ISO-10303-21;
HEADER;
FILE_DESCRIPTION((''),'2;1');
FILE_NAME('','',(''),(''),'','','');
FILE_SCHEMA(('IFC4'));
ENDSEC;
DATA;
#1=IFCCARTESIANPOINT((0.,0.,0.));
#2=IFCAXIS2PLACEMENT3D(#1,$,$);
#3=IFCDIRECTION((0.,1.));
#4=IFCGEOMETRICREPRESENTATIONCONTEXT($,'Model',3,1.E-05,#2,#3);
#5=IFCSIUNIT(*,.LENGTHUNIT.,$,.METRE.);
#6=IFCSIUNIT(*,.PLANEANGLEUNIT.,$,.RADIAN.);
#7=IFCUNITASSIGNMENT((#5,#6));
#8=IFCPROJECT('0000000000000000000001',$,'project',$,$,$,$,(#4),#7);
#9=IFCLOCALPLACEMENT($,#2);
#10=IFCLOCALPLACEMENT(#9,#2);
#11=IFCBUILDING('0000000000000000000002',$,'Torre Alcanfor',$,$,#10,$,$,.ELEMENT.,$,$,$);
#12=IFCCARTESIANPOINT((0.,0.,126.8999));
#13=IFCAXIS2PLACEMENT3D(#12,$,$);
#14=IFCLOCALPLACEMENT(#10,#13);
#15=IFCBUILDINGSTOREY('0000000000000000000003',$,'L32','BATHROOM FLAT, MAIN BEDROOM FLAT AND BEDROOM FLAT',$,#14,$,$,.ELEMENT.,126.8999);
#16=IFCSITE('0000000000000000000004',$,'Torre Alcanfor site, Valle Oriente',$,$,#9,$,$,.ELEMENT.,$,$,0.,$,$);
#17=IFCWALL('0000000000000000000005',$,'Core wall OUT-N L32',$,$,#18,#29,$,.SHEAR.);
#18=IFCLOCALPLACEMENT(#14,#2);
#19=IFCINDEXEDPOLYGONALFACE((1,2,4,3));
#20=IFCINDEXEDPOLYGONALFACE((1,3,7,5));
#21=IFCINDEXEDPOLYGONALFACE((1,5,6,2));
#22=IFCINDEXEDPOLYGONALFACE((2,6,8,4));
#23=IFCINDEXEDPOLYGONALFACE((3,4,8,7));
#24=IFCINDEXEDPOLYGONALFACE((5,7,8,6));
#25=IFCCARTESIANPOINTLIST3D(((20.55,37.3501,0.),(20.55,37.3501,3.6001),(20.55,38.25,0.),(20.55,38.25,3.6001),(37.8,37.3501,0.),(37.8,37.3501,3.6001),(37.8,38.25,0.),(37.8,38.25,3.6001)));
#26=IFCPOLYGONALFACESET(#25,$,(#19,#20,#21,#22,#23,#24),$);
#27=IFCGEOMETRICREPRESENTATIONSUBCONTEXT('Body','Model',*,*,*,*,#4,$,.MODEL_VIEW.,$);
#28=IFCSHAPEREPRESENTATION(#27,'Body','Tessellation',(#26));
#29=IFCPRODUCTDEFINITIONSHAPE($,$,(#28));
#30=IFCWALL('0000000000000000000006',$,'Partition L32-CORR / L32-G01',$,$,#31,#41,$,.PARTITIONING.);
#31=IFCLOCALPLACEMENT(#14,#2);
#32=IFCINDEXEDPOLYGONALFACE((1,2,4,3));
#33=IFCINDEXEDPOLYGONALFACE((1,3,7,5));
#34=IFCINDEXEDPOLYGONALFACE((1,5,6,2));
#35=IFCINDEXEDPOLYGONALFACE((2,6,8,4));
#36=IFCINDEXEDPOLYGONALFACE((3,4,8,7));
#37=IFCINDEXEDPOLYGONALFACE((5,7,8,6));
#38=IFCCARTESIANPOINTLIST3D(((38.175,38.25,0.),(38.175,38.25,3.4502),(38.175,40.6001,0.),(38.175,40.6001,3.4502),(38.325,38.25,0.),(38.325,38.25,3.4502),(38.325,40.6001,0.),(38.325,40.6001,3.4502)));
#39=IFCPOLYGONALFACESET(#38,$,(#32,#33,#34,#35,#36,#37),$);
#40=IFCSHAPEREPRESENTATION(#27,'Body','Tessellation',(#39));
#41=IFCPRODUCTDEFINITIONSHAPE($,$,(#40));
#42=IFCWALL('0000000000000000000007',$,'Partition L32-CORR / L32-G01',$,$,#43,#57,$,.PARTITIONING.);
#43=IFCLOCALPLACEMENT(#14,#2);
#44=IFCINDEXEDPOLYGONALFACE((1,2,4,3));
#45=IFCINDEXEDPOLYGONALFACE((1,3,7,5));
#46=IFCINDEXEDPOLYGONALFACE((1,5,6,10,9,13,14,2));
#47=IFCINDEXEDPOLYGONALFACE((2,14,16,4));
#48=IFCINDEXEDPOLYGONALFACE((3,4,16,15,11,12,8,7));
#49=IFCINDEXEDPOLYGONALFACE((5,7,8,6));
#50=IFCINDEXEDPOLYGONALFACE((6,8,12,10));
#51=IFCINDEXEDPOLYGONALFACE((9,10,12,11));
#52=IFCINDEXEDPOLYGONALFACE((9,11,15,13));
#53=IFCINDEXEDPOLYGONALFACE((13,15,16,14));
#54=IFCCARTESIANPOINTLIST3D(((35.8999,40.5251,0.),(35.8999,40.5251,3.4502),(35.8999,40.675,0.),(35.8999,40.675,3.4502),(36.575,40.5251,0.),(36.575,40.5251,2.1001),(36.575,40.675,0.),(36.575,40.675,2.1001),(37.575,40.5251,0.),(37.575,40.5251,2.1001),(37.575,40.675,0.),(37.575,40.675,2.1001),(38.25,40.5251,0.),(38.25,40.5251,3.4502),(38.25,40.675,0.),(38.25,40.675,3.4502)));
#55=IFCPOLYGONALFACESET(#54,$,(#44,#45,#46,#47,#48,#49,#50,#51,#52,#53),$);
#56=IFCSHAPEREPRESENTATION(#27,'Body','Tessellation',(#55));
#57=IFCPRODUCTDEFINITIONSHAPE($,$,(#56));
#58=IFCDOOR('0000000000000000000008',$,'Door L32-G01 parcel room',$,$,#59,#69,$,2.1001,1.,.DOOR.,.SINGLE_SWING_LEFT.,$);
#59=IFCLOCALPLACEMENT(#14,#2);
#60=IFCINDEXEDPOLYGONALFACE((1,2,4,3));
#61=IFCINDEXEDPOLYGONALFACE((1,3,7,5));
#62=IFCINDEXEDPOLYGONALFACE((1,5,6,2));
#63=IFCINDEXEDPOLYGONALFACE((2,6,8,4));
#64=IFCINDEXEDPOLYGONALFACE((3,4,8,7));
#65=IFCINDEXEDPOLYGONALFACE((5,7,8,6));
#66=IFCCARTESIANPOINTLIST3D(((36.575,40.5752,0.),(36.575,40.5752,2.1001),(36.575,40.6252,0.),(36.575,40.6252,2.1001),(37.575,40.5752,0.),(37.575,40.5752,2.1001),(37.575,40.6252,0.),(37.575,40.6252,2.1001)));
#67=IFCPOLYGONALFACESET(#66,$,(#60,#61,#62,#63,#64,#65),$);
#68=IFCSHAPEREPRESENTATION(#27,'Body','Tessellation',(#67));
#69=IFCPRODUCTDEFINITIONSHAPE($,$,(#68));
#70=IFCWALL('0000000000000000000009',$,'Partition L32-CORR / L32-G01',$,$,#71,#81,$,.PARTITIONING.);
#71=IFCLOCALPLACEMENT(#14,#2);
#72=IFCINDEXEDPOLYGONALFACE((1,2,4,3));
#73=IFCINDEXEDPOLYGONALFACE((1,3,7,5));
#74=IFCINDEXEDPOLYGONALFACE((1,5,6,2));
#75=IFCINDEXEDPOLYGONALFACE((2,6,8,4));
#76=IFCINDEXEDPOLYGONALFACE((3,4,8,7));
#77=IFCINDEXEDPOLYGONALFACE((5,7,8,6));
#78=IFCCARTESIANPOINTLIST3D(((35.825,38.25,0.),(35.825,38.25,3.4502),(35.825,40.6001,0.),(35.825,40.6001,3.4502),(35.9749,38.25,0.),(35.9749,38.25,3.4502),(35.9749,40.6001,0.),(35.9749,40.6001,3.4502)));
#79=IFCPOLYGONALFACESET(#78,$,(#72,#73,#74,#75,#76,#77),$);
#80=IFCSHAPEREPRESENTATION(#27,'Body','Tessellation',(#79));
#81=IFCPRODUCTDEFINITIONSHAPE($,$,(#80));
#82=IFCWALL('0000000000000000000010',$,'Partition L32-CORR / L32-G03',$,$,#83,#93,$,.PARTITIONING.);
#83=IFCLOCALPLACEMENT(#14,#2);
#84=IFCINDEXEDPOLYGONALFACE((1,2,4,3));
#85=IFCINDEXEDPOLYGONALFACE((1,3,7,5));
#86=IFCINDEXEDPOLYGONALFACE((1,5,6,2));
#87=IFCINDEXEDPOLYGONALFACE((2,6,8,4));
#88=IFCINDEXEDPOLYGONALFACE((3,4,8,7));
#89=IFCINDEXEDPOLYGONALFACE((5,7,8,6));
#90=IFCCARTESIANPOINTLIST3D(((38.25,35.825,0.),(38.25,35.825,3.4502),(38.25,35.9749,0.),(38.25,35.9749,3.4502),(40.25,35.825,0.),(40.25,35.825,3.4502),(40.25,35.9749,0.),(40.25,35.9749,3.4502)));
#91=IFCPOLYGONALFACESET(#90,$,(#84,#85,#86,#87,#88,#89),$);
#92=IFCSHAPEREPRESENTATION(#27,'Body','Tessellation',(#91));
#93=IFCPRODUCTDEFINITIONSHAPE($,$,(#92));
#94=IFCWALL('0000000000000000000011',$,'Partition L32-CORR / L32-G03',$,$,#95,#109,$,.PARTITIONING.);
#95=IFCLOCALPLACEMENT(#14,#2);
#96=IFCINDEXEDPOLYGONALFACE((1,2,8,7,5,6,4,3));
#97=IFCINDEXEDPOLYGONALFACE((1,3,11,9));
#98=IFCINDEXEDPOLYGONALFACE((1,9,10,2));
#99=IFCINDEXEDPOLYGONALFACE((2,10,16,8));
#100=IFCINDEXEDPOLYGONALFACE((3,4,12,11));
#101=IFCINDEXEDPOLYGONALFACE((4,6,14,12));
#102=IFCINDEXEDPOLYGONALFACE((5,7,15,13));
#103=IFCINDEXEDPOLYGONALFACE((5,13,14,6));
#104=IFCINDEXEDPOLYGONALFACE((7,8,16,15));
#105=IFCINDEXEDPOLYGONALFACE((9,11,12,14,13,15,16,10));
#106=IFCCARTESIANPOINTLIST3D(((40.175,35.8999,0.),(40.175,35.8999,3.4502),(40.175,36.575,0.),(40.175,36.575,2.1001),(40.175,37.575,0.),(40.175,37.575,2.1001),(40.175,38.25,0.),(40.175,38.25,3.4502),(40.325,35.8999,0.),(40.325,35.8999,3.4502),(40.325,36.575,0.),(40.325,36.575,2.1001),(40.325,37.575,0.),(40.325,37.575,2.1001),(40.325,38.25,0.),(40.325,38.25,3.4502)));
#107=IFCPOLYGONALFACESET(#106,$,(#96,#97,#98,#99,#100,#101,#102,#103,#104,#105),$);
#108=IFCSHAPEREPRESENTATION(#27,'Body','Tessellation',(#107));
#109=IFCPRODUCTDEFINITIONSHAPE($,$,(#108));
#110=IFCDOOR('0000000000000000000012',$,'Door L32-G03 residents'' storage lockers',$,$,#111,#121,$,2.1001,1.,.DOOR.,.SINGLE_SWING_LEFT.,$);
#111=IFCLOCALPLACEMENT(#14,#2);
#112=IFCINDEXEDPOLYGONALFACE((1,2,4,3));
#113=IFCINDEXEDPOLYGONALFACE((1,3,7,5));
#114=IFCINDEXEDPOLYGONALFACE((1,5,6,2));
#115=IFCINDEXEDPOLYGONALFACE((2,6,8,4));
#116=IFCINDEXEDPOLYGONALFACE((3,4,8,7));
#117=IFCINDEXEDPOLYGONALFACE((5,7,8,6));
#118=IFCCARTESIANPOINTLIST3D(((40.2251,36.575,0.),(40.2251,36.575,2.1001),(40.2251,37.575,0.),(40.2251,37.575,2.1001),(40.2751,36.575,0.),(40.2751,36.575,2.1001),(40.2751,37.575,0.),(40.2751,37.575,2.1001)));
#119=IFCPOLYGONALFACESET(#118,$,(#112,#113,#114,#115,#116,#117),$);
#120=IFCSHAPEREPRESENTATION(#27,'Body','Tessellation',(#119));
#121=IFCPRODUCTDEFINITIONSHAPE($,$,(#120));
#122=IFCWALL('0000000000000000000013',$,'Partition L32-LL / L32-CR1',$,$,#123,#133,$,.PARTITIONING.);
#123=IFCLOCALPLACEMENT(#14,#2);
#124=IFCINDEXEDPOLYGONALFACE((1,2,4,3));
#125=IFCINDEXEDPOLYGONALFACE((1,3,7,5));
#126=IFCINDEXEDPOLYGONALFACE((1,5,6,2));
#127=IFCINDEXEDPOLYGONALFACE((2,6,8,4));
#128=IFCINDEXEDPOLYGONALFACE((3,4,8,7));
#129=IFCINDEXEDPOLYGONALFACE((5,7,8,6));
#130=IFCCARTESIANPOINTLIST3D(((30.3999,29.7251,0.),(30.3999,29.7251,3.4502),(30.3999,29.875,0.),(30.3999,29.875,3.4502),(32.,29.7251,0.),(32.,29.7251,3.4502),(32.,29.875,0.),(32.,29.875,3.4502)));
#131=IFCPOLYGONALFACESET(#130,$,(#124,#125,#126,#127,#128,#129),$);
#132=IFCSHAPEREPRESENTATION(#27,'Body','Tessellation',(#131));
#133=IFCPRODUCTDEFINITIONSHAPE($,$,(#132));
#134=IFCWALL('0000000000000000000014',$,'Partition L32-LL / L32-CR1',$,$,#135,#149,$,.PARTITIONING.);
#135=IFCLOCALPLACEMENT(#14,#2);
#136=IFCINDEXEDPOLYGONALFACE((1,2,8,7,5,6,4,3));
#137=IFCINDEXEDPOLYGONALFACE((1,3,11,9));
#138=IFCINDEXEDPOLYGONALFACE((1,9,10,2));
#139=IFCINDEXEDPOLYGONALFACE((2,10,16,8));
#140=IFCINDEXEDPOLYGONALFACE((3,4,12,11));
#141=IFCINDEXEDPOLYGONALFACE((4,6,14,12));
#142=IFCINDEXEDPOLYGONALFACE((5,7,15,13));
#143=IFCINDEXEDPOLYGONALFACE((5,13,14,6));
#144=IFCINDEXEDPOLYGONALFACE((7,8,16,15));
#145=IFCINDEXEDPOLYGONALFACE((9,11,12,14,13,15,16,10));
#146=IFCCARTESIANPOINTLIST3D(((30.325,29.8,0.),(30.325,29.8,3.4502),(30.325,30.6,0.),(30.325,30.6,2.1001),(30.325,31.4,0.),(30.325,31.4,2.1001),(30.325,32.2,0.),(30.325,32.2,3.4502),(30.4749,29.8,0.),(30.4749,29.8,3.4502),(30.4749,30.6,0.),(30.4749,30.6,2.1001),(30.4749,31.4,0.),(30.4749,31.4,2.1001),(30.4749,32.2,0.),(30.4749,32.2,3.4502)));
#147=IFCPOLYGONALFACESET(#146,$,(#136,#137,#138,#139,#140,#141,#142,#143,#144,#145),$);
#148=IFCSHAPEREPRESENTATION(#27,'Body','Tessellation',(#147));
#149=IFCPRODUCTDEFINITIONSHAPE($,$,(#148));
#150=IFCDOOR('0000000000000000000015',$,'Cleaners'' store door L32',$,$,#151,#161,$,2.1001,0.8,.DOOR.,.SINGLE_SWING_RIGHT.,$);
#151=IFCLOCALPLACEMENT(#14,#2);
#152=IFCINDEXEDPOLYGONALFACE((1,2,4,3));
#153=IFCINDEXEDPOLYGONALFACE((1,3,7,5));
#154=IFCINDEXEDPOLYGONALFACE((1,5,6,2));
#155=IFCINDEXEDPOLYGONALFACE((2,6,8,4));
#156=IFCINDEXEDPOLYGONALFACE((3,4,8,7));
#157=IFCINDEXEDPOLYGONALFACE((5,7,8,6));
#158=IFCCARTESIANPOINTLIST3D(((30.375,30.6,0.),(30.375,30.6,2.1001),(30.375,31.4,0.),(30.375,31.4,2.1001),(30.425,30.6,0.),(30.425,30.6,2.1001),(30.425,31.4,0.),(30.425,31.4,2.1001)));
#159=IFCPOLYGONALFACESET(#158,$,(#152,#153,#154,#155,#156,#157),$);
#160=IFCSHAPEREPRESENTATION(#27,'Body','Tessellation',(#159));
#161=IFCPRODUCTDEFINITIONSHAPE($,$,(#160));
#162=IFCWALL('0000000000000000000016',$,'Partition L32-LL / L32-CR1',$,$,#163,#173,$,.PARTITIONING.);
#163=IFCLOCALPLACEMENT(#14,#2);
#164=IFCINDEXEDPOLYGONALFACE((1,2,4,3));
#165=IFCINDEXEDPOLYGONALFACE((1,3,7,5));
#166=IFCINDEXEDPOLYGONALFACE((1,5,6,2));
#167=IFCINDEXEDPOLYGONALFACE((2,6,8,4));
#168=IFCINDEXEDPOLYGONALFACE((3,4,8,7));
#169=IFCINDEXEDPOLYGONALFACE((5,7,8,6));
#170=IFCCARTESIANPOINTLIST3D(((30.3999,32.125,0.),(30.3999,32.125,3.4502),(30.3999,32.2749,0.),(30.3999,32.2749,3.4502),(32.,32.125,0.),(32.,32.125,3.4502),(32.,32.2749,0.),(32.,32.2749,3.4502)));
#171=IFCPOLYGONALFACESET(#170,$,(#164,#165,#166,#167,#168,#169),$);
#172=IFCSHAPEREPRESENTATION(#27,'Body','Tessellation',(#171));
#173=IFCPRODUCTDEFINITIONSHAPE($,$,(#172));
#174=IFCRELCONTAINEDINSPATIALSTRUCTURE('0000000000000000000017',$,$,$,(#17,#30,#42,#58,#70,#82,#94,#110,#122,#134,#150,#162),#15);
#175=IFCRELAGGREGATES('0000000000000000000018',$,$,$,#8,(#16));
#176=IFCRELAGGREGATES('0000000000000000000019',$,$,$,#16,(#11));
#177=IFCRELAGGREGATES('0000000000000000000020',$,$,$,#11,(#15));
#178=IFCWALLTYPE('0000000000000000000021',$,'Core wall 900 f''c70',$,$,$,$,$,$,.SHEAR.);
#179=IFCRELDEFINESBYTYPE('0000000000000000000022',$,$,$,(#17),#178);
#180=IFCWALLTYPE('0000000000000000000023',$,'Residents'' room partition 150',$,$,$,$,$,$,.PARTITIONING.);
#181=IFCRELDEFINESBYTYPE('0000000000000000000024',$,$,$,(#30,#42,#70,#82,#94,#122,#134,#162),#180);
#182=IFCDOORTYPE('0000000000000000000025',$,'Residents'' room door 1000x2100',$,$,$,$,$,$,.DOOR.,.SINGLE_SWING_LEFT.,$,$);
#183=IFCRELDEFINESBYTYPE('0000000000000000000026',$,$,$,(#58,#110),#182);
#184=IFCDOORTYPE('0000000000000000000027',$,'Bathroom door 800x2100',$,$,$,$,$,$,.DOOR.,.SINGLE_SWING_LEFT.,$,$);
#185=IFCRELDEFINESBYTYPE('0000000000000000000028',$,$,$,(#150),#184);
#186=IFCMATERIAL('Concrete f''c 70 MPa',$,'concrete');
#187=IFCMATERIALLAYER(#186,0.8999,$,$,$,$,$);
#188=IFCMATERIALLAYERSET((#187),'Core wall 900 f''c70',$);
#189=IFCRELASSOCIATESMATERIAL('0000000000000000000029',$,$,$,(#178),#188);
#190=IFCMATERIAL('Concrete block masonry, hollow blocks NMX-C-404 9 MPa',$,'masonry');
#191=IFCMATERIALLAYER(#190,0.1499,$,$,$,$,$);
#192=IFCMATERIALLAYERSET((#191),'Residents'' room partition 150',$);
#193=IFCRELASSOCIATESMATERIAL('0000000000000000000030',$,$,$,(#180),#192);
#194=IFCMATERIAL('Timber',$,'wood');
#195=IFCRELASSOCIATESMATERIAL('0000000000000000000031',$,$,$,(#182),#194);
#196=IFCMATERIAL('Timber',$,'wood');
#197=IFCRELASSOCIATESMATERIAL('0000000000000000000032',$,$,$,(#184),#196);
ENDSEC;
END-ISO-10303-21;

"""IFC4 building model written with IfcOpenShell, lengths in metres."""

from ifc_helpers import new_model, si_unit, direction, frame, frame_2d, origin, place, context, subcontext, project, spatial, rectangle, extrude, material, layer, layer_set, type_object, element, fill, save


model = new_model("IFC4")

# Units and contexts
model_context = context("Model", 3, precision=1e-05, world=origin(), true_north=direction((0.0, 1.0)))
body_context = subcontext(model_context, "Body", "Model", "MODEL_VIEW")
ifc_project = project(units=[si_unit("LENGTHUNIT", "METRE"), si_unit("PLANEANGLEUNIT", "RADIAN")], contexts=[model_context])

# Site, building, storey
site_placement = place(None, origin())
site = spatial("IfcSite", under=ifc_project, at=site_placement, Name="Torre Alcanfor site, Valle Oriente", CompositionType="ELEMENT", RefElevation=0.0)
building_placement = place(site_placement, origin())
building = spatial("IfcBuilding", under=site, at=building_placement, Name="Torre Alcanfor", CompositionType="ELEMENT")
storey_placement = place(building_placement, frame((0.0, 0.0, 126.8999)))
storey = spatial("IfcBuildingStorey", under=building, at=storey_placement, Name="L32", Description="BATHROOM FLAT, MAIN BEDROOM FLAT AND BEDROOM FLAT", CompositionType="ELEMENT", Elevation=126.8999)

# Walls
ifc_material_1 = material(Name="Concrete f'c 70 MPa", Category="concrete")
ifc_layer_1 = layer(ifc_material_1, 0.8999)
ifc_layer_set_1 = layer_set([ifc_layer_1], Name="Core wall 900 f'c70")
wall_type_1 = type_object("IfcWallType", Name="Core wall 900 f'c70", PredefinedType="SHEAR", material=ifc_layer_set_1)
wall_1_placement = place(storey_placement, frame((37.8, 37.8, 0.0), z_axis=(0.0, 0.0, 1.0), x_axis=(-1.0, 0.0, 0.0)))
element("IfcWall", 1, at=wall_1_placement, inside=storey, type_object=wall_type_1, Name="Core wall OUT-N L32", PredefinedType="SHEAR", context=body_context, shape_type="SweptSolid", body=[
    extrude(rectangle(XDim=17.25, YDim=0.8999, at=frame_2d((8.625, 0.0))), origin(), (0.0, 0.0, 1.0), 3.6001),
])
ifc_material_2 = material(Name="Concrete block masonry, hollow blocks NMX-C-404 9 MPa", Category="masonry")
ifc_layer_2 = layer(ifc_material_2, 0.1499)
ifc_layer_set_2 = layer_set([ifc_layer_2], Name="Residents' room partition 150")
wall_type_2 = type_object("IfcWallType", Name="Residents' room partition 150", PredefinedType="PARTITIONING", material=ifc_layer_set_2)
wall_2_placement = place(storey_placement, frame((38.25, 38.25, 0.0), z_axis=(0.0, 0.0, 1.0), x_axis=(0.0, 1.0, 0.0)))
element("IfcWall", 2, at=wall_2_placement, inside=storey, type_object=wall_type_2, Name="Partition L32-CORR / L32-G01", PredefinedType="PARTITIONING", context=body_context, shape_type="SweptSolid", body=[
    extrude(rectangle(XDim=2.3501, YDim=0.1499, at=frame_2d((1.175, 0.0))), origin(), (0.0, 0.0, 1.0), 3.4502),
])

# Wall, opening, door
wall_3_placement = place(storey_placement, frame((38.25, 40.6001, 0.0), z_axis=(0.0, 0.0, 1.0), x_axis=(-1.0, 0.0, 0.0)))
wall_3 = element("IfcWall", 3, at=wall_3_placement, inside=storey, type_object=wall_type_2, Name="Partition L32-CORR / L32-G01", PredefinedType="PARTITIONING", context=body_context, shape_type="SweptSolid", body=[
    extrude(rectangle(XDim=2.3501, YDim=0.1499, at=frame_2d((1.175, 0.0))), origin(), (0.0, 0.0, 1.0), 3.4502),
])
opening_1_placement = place(wall_3_placement, frame((0.675, 0.0, 0.0)))
opening_1 = element("IfcOpeningElement", 4, at=opening_1_placement, cuts=wall_3, PredefinedType="OPENING", context=body_context, shape_type="SweptSolid", body=[
    extrude(rectangle(XDim=1.0, YDim=2.1001, at=frame_2d((0.5, 1.05))), frame((0.0, 0.085, 0.0), z_axis=(0.0, -1.0, 0.0), x_axis=(1.0, 0.0, 0.0)), (0.0, 0.0, 1.0), 0.1699),
])
ifc_material_3 = material(Name="Timber", Category="wood")
door_type_1 = type_object("IfcDoorType", Name="Residents' room door 1000x2100", OperationType="SINGLE_SWING_LEFT", PredefinedType="DOOR", material=ifc_material_3)
door_1_placement = place(opening_1_placement, origin())
door_1 = element("IfcDoor", 5, at=door_1_placement, inside=storey, type_object=door_type_1, Name="Door L32-G01 parcel room", OperationType="SINGLE_SWING_LEFT", OverallHeight=2.1001, OverallWidth=1.0, PredefinedType="DOOR", context=body_context, shape_type="SweptSolid", body=[
    extrude(rectangle(XDim=1.0, YDim=2.1001, at=frame_2d((0.5, 1.05))), frame((0.0, 0.0249, 0.0), z_axis=(0.0, -1.0, 0.0), x_axis=(1.0, 0.0, 0.0)), (0.0, 0.0, 1.0), 0.05),
])
fill(opening_1, door_1)

# Walls
wall_4_placement = place(storey_placement, frame((35.8999, 40.6001, 0.0), z_axis=(0.0, 0.0, 1.0), x_axis=(0.0, -1.0, 0.0)))
element("IfcWall", 6, at=wall_4_placement, inside=storey, type_object=wall_type_2, Name="Partition L32-CORR / L32-G01", PredefinedType="PARTITIONING", context=body_context, shape_type="SweptSolid", body=[
    extrude(rectangle(XDim=2.3501, YDim=0.1499, at=frame_2d((1.175, 0.0))), origin(), (0.0, 0.0, 1.0), 3.4502),
])
wall_5_placement = place(storey_placement, frame((38.25, 35.8999, 0.0), z_axis=(0.0, 0.0, 1.0), x_axis=(1.0, 0.0, 0.0)))
element("IfcWall", 7, at=wall_5_placement, inside=storey, type_object=wall_type_2, Name="Partition L32-CORR / L32-G03", PredefinedType="PARTITIONING", context=body_context, shape_type="SweptSolid", body=[
    extrude(rectangle(XDim=2.0, YDim=0.1499, at=frame_2d((1.0, 0.0))), origin(), (0.0, 0.0, 1.0), 3.4502),
])

# Wall, opening, door
wall_6_placement = place(storey_placement, frame((40.25, 35.8999, 0.0), z_axis=(0.0, 0.0, 1.0), x_axis=(0.0, 1.0, 0.0)))
wall_6 = element("IfcWall", 8, at=wall_6_placement, inside=storey, type_object=wall_type_2, Name="Partition L32-CORR / L32-G03", PredefinedType="PARTITIONING", context=body_context, shape_type="SweptSolid", body=[
    extrude(rectangle(XDim=2.3501, YDim=0.1499, at=frame_2d((1.175, 0.0))), origin(), (0.0, 0.0, 1.0), 3.4502),
])
opening_2_placement = place(wall_6_placement, frame((0.675, 0.0, 0.0)))
opening_2 = element("IfcOpeningElement", 9, at=opening_2_placement, cuts=wall_6, PredefinedType="OPENING", context=body_context, shape_type="SweptSolid", body=[
    extrude(rectangle(XDim=1.0, YDim=2.1001, at=frame_2d((0.5, 1.05))), frame((0.0, 0.085, 0.0), z_axis=(0.0, -1.0, 0.0), x_axis=(1.0, 0.0, 0.0)), (0.0, 0.0, 1.0), 0.1699),
])
door_2_placement = place(opening_2_placement, origin())
door_2 = element("IfcDoor", 10, at=door_2_placement, inside=storey, type_object=door_type_1, Name="Door L32-G03 residents' storage lockers", OperationType="SINGLE_SWING_LEFT", OverallHeight=2.1001, OverallWidth=1.0, PredefinedType="DOOR", context=body_context, shape_type="SweptSolid", body=[
    extrude(rectangle(XDim=1.0, YDim=2.1001, at=frame_2d((0.5, 1.05))), frame((0.0, 0.0249, 0.0), z_axis=(0.0, -1.0, 0.0), x_axis=(1.0, 0.0, 0.0)), (0.0, 0.0, 1.0), 0.05),
])
fill(opening_2, door_2)

# Wall
wall_7_placement = place(storey_placement, frame((32.0, 29.8, 0.0), z_axis=(0.0, 0.0, 1.0), x_axis=(-1.0, 0.0, 0.0)))
element("IfcWall", 11, at=wall_7_placement, inside=storey, type_object=wall_type_2, Name="Partition L32-LL / L32-CR1", PredefinedType="PARTITIONING", context=body_context, shape_type="SweptSolid", body=[
    extrude(rectangle(XDim=1.6001, YDim=0.1499, at=frame_2d((0.8, 0.0))), origin(), (0.0, 0.0, 1.0), 3.4502),
])

# Wall, opening, door
wall_8_placement = place(storey_placement, frame((30.3999, 29.8, 0.0), z_axis=(0.0, 0.0, 1.0), x_axis=(0.0, 1.0, 0.0)))
wall_8 = element("IfcWall", 12, at=wall_8_placement, inside=storey, type_object=wall_type_2, Name="Partition L32-LL / L32-CR1", PredefinedType="PARTITIONING", context=body_context, shape_type="SweptSolid", body=[
    extrude(rectangle(XDim=2.3999, YDim=0.1499, at=frame_2d((1.2, 0.0))), origin(), (0.0, 0.0, 1.0), 3.4502),
])
opening_3_placement = place(wall_8_placement, frame((0.8, 0.0, 0.0)))
opening_3 = element("IfcOpeningElement", 13, at=opening_3_placement, cuts=wall_8, PredefinedType="OPENING", context=body_context, shape_type="SweptSolid", body=[
    extrude(rectangle(XDim=0.8, YDim=2.1001, at=frame_2d((0.3999, 1.05))), frame((0.0, 0.085, 0.0), z_axis=(0.0, -1.0, 0.0), x_axis=(1.0, 0.0, 0.0)), (0.0, 0.0, 1.0), 0.1699),
])
ifc_material_4 = material(Name="Timber", Category="wood")
door_type_2 = type_object("IfcDoorType", Name="Bathroom door 800x2100", OperationType="SINGLE_SWING_LEFT", PredefinedType="DOOR", material=ifc_material_4)
door_3_placement = place(opening_3_placement, frame((0.8, 0.0, 0.0), z_axis=(0.0, 0.0, 1.0), x_axis=(-1.0, 0.0, 0.0)))
door_3 = element("IfcDoor", 14, at=door_3_placement, inside=storey, type_object=door_type_2, Name="Cleaners' store door L32", OperationType="SINGLE_SWING_RIGHT", OverallHeight=2.1001, OverallWidth=0.8, PredefinedType="DOOR", context=body_context, shape_type="SweptSolid", body=[
    extrude(rectangle(XDim=0.8, YDim=2.1001, at=frame_2d((0.4001, 1.05))), frame((0.0, 0.0251, 0.0), z_axis=(0.0, -1.0, 0.0), x_axis=(1.0, 0.0, 0.0)), (0.0, 0.0, 1.0), 0.05),
])
fill(opening_3, door_3)

# Wall
wall_9_placement = place(storey_placement, frame((30.3999, 32.2, 0.0), z_axis=(0.0, 0.0, 1.0), x_axis=(1.0, 0.0, 0.0)))
element("IfcWall", 15, at=wall_9_placement, inside=storey, type_object=wall_type_2, Name="Partition L32-LL / L32-CR1", PredefinedType="PARTITIONING", context=body_context, shape_type="SweptSolid", body=[
    extrude(rectangle(XDim=1.6001, YDim=0.1499, at=frame_2d((0.8, 0.0))), origin(), (0.0, 0.0, 1.0), 3.4502),
])

save(model, "model.ifc")
